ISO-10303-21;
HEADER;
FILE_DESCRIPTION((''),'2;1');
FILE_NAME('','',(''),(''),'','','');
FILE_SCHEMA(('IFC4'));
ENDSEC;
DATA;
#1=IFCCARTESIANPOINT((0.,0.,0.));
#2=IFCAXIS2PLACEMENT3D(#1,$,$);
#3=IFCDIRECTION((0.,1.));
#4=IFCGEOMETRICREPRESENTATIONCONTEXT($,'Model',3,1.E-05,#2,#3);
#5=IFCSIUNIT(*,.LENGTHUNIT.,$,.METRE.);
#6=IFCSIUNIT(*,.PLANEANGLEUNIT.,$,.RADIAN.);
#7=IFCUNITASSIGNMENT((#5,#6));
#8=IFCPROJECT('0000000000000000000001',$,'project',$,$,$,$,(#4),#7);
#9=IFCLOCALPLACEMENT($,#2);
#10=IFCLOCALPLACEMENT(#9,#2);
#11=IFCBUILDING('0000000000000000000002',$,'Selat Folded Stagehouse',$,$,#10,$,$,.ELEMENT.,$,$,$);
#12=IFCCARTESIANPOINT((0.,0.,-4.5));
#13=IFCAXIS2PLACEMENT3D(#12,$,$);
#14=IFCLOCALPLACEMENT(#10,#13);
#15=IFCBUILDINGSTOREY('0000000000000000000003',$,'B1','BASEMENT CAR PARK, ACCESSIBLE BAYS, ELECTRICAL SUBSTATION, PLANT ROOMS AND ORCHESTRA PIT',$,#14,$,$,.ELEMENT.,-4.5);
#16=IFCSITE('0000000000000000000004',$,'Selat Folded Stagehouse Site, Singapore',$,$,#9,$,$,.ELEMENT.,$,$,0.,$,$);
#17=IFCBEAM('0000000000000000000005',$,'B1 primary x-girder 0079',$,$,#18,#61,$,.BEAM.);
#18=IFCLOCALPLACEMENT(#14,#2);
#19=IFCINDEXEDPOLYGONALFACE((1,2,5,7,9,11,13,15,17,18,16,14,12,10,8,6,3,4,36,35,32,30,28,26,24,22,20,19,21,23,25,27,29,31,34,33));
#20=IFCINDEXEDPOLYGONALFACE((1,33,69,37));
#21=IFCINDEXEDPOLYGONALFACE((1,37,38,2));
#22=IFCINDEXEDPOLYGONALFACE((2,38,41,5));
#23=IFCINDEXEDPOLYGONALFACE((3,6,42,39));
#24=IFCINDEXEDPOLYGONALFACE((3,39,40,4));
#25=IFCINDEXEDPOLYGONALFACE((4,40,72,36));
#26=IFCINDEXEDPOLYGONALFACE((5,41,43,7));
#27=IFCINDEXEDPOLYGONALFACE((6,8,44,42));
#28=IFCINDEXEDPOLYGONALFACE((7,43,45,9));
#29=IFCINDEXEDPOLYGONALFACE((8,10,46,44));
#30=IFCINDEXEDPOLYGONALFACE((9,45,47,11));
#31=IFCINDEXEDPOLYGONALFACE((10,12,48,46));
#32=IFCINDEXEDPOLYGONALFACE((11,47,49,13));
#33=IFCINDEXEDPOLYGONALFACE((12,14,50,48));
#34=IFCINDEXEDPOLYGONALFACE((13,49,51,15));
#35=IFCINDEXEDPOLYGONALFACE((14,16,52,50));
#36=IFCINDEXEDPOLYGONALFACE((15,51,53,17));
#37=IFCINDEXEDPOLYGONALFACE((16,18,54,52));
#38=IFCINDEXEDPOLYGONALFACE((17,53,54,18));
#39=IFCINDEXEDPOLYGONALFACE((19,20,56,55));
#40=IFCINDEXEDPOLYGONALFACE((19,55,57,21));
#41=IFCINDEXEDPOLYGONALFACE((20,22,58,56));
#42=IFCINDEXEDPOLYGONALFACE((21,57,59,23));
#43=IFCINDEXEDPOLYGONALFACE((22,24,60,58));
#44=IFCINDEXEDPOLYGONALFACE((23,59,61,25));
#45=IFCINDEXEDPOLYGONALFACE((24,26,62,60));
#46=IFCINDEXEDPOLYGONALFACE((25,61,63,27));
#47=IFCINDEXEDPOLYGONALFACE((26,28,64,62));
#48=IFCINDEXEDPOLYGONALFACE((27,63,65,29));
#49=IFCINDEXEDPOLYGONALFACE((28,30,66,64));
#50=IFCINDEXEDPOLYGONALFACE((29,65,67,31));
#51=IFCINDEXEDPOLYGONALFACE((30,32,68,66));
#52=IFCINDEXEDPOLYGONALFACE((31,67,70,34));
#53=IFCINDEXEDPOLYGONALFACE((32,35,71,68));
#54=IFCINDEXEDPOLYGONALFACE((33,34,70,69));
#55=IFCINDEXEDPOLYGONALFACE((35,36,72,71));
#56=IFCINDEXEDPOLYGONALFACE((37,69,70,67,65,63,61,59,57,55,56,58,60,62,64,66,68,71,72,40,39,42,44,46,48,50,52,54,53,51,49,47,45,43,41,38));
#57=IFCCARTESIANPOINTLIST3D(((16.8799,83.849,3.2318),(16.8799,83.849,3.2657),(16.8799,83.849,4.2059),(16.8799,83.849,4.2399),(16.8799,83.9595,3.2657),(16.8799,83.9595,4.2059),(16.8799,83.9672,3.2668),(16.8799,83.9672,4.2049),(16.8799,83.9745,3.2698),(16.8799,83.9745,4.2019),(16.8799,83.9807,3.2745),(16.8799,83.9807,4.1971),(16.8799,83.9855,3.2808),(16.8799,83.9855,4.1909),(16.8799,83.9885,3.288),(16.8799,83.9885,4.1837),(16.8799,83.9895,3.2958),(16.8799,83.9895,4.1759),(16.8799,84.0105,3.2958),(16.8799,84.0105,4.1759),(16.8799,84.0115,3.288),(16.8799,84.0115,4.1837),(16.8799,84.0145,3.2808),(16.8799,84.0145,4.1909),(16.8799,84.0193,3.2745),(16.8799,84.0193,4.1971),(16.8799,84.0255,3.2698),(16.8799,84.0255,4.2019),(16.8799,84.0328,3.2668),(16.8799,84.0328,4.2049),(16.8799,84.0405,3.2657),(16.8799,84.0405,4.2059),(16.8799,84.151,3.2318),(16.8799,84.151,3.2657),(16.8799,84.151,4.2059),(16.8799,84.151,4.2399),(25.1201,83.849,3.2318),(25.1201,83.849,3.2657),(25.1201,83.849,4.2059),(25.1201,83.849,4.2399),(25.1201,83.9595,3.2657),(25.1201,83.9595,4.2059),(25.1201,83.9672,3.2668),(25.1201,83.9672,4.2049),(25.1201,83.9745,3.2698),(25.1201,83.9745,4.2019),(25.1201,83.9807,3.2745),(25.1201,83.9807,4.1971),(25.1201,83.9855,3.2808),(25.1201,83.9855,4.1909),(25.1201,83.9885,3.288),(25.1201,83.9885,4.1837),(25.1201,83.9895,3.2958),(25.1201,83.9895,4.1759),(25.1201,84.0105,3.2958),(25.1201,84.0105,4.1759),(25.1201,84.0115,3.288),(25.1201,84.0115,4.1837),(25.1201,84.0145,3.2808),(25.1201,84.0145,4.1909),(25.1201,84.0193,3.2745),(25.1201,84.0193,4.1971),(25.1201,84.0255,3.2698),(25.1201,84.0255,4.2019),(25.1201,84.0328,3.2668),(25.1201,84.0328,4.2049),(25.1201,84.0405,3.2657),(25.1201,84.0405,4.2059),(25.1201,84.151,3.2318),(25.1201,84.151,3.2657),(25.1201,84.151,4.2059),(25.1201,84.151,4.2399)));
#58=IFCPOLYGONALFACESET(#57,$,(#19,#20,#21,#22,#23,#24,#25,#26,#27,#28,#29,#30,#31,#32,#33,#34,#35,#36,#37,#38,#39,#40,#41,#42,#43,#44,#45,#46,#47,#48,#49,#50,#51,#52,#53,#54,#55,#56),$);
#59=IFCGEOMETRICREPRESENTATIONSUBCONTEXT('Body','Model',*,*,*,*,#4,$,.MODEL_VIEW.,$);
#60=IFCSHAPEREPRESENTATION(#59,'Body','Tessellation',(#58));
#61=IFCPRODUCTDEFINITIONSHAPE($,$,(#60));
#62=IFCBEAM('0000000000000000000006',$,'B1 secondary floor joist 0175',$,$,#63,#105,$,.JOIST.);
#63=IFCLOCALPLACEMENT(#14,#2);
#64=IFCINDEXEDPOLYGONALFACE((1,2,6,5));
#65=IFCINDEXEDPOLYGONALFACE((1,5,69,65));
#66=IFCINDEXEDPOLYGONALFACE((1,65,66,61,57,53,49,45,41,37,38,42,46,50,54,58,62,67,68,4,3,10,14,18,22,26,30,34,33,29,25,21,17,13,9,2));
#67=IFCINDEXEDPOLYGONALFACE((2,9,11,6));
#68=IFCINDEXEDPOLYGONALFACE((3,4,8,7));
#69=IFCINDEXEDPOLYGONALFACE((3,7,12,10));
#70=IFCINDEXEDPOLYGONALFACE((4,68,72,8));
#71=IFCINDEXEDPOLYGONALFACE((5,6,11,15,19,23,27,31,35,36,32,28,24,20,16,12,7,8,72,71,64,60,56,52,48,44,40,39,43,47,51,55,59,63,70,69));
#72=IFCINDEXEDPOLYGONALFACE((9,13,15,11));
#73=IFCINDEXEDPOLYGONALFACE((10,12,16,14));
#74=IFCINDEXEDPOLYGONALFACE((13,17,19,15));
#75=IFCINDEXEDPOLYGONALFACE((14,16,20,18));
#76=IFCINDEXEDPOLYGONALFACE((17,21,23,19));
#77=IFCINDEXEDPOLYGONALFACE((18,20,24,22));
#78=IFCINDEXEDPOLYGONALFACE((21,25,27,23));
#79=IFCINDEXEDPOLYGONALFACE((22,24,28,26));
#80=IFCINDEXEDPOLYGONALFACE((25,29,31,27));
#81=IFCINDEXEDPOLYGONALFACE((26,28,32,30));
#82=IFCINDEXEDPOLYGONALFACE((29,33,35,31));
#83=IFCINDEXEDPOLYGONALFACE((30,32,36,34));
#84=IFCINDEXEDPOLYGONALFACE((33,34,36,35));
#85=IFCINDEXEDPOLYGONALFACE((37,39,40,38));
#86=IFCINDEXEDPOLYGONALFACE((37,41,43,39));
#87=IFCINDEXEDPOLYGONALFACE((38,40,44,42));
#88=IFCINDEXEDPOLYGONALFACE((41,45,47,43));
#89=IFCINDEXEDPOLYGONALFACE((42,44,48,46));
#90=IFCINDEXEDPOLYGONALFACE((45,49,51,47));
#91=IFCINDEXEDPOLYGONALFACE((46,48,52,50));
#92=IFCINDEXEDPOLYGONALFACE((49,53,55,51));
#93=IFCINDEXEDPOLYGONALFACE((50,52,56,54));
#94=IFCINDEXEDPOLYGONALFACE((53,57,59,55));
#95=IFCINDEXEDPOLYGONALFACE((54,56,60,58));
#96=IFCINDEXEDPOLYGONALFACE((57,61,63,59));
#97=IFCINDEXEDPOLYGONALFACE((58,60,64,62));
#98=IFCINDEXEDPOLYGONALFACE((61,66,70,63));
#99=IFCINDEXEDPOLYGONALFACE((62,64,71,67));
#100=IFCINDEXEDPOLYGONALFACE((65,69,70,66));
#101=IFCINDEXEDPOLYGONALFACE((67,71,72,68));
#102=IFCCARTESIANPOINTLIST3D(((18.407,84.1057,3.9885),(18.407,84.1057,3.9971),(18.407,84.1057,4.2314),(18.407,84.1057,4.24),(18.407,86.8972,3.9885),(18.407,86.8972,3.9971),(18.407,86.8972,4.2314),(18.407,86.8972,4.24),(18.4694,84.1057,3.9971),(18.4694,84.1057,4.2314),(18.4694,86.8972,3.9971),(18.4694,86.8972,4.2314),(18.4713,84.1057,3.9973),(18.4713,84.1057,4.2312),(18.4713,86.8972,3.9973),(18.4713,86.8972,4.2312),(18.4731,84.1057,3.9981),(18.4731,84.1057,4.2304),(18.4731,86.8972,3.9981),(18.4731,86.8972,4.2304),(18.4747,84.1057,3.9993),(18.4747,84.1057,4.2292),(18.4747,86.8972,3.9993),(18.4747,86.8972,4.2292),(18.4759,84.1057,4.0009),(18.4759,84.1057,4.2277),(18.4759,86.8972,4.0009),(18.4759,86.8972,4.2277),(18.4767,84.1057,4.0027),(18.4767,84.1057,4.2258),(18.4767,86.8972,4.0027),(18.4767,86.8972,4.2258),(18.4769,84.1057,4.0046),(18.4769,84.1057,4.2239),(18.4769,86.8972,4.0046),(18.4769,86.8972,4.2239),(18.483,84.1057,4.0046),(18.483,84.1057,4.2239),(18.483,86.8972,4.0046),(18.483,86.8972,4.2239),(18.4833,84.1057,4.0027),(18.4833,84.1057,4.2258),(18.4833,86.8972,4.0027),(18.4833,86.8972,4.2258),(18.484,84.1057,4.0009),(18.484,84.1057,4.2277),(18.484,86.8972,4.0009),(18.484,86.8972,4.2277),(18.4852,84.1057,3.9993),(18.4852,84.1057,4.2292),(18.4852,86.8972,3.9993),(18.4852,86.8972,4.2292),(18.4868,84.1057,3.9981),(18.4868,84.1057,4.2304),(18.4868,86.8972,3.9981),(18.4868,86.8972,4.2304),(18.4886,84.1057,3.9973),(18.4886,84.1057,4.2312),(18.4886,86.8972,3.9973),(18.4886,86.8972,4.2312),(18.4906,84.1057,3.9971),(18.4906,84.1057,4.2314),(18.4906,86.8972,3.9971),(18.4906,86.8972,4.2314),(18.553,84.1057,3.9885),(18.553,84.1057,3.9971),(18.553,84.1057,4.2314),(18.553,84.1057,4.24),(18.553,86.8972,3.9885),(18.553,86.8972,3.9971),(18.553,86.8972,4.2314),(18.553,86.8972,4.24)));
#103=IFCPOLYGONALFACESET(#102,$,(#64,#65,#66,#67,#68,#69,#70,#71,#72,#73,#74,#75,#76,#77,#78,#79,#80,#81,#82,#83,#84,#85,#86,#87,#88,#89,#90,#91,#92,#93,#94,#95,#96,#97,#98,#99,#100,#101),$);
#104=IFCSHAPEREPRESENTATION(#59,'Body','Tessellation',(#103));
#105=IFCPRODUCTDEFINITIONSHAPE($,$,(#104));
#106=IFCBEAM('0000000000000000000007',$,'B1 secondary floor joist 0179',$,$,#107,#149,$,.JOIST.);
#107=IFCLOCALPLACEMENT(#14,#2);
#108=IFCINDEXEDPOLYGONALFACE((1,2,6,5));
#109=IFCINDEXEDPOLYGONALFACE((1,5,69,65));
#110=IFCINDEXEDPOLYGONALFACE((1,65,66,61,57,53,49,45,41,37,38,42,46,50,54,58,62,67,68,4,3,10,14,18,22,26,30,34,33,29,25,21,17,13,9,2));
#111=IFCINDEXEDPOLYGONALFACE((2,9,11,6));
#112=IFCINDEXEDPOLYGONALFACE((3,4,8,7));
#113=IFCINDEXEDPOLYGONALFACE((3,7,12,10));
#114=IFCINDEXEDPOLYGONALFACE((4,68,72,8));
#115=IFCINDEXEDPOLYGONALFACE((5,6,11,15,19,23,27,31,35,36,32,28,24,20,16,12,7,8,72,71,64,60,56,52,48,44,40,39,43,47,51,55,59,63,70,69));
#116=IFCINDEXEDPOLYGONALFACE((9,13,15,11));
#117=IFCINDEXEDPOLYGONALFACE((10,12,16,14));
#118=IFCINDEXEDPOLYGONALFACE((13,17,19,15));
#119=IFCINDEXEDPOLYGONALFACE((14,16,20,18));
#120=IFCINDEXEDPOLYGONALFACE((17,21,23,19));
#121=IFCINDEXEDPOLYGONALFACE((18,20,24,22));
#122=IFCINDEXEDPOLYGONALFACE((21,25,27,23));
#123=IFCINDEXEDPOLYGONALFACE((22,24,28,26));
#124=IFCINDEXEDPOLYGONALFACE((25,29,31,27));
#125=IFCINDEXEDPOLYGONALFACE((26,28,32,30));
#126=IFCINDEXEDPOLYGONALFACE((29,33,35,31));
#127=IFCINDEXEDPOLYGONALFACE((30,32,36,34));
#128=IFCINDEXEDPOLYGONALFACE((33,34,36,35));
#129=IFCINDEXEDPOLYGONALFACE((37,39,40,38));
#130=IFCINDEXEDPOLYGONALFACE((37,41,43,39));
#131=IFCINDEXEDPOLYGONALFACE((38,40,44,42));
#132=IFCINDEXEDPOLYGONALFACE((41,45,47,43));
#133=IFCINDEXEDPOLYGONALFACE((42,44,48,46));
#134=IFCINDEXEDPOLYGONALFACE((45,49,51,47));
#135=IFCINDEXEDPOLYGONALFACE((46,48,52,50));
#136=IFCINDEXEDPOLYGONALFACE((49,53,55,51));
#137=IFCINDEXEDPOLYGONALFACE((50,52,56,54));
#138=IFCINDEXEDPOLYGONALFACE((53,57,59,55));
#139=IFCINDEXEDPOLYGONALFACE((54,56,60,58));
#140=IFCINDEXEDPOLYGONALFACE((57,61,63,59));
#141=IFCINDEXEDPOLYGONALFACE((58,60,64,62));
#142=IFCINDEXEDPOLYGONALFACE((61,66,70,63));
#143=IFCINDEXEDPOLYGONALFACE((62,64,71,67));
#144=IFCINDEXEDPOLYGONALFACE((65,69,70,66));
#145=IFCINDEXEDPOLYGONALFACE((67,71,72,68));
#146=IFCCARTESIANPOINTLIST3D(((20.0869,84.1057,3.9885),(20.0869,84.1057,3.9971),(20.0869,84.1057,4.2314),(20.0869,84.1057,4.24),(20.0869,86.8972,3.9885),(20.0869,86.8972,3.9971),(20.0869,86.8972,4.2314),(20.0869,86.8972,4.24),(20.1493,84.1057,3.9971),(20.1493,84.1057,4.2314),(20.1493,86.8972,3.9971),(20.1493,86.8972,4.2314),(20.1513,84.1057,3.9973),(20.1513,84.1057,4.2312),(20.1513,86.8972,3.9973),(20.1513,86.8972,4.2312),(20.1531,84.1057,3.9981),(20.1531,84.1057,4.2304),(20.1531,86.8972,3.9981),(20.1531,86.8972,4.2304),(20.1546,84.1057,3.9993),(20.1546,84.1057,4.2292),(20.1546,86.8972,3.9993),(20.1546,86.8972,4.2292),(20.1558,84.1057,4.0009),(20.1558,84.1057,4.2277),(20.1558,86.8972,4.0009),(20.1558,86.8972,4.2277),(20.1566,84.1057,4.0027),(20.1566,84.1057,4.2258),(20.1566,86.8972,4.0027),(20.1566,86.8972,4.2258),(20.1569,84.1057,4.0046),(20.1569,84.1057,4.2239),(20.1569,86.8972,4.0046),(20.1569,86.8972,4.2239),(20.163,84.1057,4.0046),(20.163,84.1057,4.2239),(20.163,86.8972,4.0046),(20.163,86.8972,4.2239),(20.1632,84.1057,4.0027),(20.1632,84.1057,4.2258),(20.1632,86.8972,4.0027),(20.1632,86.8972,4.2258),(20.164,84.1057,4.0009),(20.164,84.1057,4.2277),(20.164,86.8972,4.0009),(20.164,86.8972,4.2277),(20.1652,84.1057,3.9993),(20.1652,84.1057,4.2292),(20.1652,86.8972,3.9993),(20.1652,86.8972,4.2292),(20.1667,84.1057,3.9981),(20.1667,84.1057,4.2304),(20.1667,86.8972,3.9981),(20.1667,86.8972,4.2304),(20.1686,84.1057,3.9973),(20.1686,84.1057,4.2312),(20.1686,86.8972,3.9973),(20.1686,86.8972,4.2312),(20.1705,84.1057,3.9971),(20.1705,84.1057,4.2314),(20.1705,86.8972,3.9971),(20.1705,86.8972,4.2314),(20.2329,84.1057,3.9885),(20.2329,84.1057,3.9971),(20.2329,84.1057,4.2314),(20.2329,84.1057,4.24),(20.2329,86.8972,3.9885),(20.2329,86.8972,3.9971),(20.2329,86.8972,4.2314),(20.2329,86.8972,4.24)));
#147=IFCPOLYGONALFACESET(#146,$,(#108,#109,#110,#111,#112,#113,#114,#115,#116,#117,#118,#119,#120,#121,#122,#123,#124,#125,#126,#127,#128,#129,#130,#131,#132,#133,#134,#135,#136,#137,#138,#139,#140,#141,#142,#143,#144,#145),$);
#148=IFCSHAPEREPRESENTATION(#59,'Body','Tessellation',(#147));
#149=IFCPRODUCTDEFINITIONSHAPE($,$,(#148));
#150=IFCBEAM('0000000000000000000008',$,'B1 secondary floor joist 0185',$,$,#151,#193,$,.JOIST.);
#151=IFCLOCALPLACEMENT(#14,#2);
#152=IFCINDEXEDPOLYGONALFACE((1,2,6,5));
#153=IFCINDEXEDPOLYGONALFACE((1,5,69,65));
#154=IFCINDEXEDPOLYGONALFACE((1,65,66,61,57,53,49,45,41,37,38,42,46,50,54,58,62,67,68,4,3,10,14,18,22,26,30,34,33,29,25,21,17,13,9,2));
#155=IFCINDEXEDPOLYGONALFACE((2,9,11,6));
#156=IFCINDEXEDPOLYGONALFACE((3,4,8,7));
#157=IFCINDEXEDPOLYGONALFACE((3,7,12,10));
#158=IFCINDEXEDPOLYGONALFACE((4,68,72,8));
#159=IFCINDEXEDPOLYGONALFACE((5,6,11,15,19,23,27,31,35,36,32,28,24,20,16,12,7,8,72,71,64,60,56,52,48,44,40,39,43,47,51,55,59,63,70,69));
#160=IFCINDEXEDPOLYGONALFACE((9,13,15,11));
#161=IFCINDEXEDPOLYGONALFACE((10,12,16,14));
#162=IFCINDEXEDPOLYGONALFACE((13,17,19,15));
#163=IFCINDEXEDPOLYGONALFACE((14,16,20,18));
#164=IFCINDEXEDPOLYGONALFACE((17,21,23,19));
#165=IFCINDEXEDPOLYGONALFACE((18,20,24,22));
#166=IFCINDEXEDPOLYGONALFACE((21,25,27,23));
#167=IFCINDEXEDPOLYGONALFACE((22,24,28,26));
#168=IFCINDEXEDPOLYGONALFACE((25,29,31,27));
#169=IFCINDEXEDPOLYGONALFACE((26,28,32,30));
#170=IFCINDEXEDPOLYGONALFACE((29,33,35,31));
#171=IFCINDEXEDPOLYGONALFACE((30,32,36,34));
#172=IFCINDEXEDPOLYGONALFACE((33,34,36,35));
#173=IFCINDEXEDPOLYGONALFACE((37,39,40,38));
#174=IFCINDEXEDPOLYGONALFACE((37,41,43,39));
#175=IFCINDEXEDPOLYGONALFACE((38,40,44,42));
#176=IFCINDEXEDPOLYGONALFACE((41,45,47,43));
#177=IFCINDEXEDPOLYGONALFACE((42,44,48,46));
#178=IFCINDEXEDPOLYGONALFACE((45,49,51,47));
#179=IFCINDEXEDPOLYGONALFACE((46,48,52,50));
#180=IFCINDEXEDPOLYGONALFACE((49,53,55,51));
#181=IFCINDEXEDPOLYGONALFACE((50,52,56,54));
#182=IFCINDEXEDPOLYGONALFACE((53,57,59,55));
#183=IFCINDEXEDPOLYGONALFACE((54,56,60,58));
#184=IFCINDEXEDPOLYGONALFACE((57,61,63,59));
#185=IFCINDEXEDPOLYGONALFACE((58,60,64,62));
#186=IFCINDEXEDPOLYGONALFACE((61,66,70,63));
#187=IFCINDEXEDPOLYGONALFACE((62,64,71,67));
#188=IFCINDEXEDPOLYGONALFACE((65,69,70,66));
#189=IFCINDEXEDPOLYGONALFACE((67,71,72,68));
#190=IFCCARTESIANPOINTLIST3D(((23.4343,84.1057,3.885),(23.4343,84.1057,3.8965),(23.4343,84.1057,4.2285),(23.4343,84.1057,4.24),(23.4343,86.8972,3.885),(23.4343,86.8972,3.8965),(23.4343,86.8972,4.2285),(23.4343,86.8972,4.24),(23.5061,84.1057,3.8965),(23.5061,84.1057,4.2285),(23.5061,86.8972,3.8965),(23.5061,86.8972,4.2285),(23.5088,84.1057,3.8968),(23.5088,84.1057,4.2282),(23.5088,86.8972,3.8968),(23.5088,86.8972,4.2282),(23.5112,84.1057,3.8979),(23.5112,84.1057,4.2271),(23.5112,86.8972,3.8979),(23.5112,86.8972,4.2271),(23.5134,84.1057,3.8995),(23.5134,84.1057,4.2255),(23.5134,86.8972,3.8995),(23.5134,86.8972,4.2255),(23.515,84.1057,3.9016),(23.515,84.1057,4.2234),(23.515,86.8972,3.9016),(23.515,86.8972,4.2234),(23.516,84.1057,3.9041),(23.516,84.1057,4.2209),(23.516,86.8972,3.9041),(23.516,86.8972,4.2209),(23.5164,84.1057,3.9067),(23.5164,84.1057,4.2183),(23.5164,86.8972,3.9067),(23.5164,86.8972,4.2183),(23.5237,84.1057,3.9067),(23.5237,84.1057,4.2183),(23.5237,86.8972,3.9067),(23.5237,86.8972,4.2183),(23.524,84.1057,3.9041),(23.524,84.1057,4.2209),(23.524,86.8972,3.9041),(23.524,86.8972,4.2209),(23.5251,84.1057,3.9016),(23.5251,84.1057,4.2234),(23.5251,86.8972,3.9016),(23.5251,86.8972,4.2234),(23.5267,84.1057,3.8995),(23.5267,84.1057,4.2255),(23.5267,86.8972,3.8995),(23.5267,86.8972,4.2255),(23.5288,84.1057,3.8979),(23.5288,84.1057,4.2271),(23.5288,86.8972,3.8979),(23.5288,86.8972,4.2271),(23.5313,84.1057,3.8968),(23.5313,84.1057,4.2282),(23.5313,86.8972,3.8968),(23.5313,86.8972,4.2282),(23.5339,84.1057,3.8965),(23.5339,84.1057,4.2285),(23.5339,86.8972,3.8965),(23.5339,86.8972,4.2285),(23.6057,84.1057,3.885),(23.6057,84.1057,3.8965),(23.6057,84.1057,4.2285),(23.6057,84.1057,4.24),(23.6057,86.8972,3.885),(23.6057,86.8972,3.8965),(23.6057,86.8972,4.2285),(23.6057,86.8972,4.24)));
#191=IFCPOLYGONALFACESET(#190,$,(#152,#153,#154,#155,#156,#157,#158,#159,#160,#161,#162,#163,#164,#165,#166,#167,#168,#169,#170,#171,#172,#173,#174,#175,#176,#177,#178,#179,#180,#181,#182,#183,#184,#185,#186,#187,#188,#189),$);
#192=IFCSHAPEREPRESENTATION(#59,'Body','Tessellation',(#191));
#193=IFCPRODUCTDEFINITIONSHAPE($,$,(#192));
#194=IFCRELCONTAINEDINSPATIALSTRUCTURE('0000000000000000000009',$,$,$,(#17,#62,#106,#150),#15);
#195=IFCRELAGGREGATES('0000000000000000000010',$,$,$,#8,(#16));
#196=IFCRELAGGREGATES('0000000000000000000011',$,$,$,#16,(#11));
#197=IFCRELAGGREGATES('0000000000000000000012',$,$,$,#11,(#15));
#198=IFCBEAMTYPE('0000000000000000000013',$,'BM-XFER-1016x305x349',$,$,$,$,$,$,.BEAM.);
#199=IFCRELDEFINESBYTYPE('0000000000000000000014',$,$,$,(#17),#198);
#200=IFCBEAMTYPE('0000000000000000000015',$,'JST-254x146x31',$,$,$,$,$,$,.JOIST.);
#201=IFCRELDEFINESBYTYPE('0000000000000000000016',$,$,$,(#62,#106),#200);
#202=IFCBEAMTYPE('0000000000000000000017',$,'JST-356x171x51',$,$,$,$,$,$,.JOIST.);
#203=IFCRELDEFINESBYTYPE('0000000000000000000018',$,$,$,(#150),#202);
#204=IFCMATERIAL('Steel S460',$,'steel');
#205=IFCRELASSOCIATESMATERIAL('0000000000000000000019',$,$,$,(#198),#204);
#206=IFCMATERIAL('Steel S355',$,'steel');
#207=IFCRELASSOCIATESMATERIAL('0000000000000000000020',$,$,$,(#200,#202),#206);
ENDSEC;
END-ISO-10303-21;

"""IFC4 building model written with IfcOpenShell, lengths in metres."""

from ifc_helpers import new_model, si_unit, direction, frame, origin, origin_2d, place, context, subcontext, project, spatial, i_section, extrude, material, material_profile, profile_set, type_object, element, save


model = new_model("IFC4")

# Units and contexts
model_context = context("Model", 3, precision=1e-05, world=origin(), true_north=direction((0.0, 1.0)))
body_context = subcontext(model_context, "Body", "Model", "MODEL_VIEW")
ifc_project = project(units=[si_unit("LENGTHUNIT", "METRE"), si_unit("PLANEANGLEUNIT", "RADIAN")], contexts=[model_context])

# Site, building, storey
site_placement = place(None, origin())
site = spatial("IfcSite", under=ifc_project, at=site_placement, Name="Selat Folded Stagehouse Site, Singapore", CompositionType="ELEMENT", RefElevation=0.0)
building_placement = place(site_placement, origin())
building = spatial("IfcBuilding", under=site, at=building_placement, Name="Selat Folded Stagehouse", CompositionType="ELEMENT")
storey_placement = place(building_placement, frame((0.0, 0.0, -4.5)))
storey = spatial("IfcBuildingStorey", under=building, at=storey_placement, Name="B1", Description="BASEMENT CAR PARK, ACCESSIBLE BAYS, ELECTRICAL SUBSTATION, PLANT ROOMS AND ORCHESTRA PIT", CompositionType="ELEMENT", Elevation=-4.5)

# Shared definitions
ifc_material_1 = material(Name="Steel S355", Category="steel")

# Beams
ifc_material_2 = material(Name="Steel S460", Category="steel")
ifc_material_profile_1 = material_profile(ifc_material_2, i_section(OverallWidth=0.302, OverallDepth=1.0081, WebThickness=0.021, FlangeThickness=0.0339, FilletRadius=0.03, at=origin_2d()), Name="UKB 1016x305x349")
ifc_profile_set_1 = profile_set([ifc_material_profile_1], Name="Steel S460")
beam_type_1 = type_object("IfcBeamType", Name="BM-XFER-1016x305x349", PredefinedType="BEAM", material=ifc_profile_set_1)
beam_1_placement = place(storey_placement, frame((16.8799, 84.0, 3.7358), z_axis=(1.0, 0.0, 0.0), x_axis=(0.0, 1.0, 0.0)))
element("IfcBeam", 1, at=beam_1_placement, inside=storey, type_object=beam_type_1, Name="B1 primary x-girder 0079", PredefinedType="BEAM", context=body_context, shape_type="SweptSolid", body=[
    extrude(i_section(OverallWidth=0.302, OverallDepth=1.0081, WebThickness=0.021, FlangeThickness=0.0339, FilletRadius=0.03, at=origin_2d()), origin(), (0.0, 0.0, 1.0), 8.2402),
])
ifc_material_profile_2 = material_profile(ifc_material_1, i_section(OverallWidth=0.146, OverallDepth=0.2515, WebThickness=0.0061, FlangeThickness=0.0085, FilletRadius=0.0076, at=origin_2d()), Name="UKB 254x146x31")
ifc_profile_set_2 = profile_set([ifc_material_profile_2], Name="Steel S355")
beam_type_2 = type_object("IfcBeamType", Name="JST-254x146x31", PredefinedType="JOIST", material=ifc_profile_set_2)
for number, where, z_axis, x_axis, name in (
    (2, (18.48, 84.1057, 4.1143), (0.0, 1.0, 0.0), (-1.0, 0.0, 0.0), "B1 secondary floor joist 0175"),
    (3, (20.1599, 84.1057, 4.1143), (0.0, 1.0, 0.0), (-1.0, 0.0, 0.0), "B1 secondary floor joist 0179"),
):
    element("IfcBeam", number, at=place(storey_placement, frame(where, z_axis=z_axis, x_axis=x_axis)), inside=storey, type_object=beam_type_2, Name=name, PredefinedType="JOIST", context=body_context, shape_type="SweptSolid", body=[
        extrude(i_section(OverallWidth=0.146, OverallDepth=0.2515, WebThickness=0.0061, FlangeThickness=0.0085, FilletRadius=0.0076, at=origin_2d()), origin(), (0.0, 0.0, 1.0), 2.7915),
    ])
ifc_material_profile_3 = material_profile(ifc_material_1, i_section(OverallWidth=0.1714, OverallDepth=0.355, WebThickness=0.0073, FlangeThickness=0.0115, FilletRadius=0.0103, at=origin_2d()), Name="UKB 356x171x51")
ifc_profile_set_3 = profile_set([ifc_material_profile_3], Name="Steel S355")
beam_type_3 = type_object("IfcBeamType", Name="JST-356x171x51", PredefinedType="JOIST", material=ifc_profile_set_3)
beam_2_placement = place(storey_placement, frame((23.52, 84.1057, 4.0625), z_axis=(0.0, 1.0, 0.0), x_axis=(-1.0, 0.0, 0.0)))
element("IfcBeam", 4, at=beam_2_placement, inside=storey, type_object=beam_type_3, Name="B1 secondary floor joist 0185", PredefinedType="JOIST", context=body_context, shape_type="SweptSolid", body=[
    extrude(i_section(OverallWidth=0.1714, OverallDepth=0.355, WebThickness=0.0073, FlangeThickness=0.0115, FilletRadius=0.0103, at=origin_2d()), origin(), (0.0, 0.0, 1.0), 2.7915),
])

save(model, "model.ifc")
